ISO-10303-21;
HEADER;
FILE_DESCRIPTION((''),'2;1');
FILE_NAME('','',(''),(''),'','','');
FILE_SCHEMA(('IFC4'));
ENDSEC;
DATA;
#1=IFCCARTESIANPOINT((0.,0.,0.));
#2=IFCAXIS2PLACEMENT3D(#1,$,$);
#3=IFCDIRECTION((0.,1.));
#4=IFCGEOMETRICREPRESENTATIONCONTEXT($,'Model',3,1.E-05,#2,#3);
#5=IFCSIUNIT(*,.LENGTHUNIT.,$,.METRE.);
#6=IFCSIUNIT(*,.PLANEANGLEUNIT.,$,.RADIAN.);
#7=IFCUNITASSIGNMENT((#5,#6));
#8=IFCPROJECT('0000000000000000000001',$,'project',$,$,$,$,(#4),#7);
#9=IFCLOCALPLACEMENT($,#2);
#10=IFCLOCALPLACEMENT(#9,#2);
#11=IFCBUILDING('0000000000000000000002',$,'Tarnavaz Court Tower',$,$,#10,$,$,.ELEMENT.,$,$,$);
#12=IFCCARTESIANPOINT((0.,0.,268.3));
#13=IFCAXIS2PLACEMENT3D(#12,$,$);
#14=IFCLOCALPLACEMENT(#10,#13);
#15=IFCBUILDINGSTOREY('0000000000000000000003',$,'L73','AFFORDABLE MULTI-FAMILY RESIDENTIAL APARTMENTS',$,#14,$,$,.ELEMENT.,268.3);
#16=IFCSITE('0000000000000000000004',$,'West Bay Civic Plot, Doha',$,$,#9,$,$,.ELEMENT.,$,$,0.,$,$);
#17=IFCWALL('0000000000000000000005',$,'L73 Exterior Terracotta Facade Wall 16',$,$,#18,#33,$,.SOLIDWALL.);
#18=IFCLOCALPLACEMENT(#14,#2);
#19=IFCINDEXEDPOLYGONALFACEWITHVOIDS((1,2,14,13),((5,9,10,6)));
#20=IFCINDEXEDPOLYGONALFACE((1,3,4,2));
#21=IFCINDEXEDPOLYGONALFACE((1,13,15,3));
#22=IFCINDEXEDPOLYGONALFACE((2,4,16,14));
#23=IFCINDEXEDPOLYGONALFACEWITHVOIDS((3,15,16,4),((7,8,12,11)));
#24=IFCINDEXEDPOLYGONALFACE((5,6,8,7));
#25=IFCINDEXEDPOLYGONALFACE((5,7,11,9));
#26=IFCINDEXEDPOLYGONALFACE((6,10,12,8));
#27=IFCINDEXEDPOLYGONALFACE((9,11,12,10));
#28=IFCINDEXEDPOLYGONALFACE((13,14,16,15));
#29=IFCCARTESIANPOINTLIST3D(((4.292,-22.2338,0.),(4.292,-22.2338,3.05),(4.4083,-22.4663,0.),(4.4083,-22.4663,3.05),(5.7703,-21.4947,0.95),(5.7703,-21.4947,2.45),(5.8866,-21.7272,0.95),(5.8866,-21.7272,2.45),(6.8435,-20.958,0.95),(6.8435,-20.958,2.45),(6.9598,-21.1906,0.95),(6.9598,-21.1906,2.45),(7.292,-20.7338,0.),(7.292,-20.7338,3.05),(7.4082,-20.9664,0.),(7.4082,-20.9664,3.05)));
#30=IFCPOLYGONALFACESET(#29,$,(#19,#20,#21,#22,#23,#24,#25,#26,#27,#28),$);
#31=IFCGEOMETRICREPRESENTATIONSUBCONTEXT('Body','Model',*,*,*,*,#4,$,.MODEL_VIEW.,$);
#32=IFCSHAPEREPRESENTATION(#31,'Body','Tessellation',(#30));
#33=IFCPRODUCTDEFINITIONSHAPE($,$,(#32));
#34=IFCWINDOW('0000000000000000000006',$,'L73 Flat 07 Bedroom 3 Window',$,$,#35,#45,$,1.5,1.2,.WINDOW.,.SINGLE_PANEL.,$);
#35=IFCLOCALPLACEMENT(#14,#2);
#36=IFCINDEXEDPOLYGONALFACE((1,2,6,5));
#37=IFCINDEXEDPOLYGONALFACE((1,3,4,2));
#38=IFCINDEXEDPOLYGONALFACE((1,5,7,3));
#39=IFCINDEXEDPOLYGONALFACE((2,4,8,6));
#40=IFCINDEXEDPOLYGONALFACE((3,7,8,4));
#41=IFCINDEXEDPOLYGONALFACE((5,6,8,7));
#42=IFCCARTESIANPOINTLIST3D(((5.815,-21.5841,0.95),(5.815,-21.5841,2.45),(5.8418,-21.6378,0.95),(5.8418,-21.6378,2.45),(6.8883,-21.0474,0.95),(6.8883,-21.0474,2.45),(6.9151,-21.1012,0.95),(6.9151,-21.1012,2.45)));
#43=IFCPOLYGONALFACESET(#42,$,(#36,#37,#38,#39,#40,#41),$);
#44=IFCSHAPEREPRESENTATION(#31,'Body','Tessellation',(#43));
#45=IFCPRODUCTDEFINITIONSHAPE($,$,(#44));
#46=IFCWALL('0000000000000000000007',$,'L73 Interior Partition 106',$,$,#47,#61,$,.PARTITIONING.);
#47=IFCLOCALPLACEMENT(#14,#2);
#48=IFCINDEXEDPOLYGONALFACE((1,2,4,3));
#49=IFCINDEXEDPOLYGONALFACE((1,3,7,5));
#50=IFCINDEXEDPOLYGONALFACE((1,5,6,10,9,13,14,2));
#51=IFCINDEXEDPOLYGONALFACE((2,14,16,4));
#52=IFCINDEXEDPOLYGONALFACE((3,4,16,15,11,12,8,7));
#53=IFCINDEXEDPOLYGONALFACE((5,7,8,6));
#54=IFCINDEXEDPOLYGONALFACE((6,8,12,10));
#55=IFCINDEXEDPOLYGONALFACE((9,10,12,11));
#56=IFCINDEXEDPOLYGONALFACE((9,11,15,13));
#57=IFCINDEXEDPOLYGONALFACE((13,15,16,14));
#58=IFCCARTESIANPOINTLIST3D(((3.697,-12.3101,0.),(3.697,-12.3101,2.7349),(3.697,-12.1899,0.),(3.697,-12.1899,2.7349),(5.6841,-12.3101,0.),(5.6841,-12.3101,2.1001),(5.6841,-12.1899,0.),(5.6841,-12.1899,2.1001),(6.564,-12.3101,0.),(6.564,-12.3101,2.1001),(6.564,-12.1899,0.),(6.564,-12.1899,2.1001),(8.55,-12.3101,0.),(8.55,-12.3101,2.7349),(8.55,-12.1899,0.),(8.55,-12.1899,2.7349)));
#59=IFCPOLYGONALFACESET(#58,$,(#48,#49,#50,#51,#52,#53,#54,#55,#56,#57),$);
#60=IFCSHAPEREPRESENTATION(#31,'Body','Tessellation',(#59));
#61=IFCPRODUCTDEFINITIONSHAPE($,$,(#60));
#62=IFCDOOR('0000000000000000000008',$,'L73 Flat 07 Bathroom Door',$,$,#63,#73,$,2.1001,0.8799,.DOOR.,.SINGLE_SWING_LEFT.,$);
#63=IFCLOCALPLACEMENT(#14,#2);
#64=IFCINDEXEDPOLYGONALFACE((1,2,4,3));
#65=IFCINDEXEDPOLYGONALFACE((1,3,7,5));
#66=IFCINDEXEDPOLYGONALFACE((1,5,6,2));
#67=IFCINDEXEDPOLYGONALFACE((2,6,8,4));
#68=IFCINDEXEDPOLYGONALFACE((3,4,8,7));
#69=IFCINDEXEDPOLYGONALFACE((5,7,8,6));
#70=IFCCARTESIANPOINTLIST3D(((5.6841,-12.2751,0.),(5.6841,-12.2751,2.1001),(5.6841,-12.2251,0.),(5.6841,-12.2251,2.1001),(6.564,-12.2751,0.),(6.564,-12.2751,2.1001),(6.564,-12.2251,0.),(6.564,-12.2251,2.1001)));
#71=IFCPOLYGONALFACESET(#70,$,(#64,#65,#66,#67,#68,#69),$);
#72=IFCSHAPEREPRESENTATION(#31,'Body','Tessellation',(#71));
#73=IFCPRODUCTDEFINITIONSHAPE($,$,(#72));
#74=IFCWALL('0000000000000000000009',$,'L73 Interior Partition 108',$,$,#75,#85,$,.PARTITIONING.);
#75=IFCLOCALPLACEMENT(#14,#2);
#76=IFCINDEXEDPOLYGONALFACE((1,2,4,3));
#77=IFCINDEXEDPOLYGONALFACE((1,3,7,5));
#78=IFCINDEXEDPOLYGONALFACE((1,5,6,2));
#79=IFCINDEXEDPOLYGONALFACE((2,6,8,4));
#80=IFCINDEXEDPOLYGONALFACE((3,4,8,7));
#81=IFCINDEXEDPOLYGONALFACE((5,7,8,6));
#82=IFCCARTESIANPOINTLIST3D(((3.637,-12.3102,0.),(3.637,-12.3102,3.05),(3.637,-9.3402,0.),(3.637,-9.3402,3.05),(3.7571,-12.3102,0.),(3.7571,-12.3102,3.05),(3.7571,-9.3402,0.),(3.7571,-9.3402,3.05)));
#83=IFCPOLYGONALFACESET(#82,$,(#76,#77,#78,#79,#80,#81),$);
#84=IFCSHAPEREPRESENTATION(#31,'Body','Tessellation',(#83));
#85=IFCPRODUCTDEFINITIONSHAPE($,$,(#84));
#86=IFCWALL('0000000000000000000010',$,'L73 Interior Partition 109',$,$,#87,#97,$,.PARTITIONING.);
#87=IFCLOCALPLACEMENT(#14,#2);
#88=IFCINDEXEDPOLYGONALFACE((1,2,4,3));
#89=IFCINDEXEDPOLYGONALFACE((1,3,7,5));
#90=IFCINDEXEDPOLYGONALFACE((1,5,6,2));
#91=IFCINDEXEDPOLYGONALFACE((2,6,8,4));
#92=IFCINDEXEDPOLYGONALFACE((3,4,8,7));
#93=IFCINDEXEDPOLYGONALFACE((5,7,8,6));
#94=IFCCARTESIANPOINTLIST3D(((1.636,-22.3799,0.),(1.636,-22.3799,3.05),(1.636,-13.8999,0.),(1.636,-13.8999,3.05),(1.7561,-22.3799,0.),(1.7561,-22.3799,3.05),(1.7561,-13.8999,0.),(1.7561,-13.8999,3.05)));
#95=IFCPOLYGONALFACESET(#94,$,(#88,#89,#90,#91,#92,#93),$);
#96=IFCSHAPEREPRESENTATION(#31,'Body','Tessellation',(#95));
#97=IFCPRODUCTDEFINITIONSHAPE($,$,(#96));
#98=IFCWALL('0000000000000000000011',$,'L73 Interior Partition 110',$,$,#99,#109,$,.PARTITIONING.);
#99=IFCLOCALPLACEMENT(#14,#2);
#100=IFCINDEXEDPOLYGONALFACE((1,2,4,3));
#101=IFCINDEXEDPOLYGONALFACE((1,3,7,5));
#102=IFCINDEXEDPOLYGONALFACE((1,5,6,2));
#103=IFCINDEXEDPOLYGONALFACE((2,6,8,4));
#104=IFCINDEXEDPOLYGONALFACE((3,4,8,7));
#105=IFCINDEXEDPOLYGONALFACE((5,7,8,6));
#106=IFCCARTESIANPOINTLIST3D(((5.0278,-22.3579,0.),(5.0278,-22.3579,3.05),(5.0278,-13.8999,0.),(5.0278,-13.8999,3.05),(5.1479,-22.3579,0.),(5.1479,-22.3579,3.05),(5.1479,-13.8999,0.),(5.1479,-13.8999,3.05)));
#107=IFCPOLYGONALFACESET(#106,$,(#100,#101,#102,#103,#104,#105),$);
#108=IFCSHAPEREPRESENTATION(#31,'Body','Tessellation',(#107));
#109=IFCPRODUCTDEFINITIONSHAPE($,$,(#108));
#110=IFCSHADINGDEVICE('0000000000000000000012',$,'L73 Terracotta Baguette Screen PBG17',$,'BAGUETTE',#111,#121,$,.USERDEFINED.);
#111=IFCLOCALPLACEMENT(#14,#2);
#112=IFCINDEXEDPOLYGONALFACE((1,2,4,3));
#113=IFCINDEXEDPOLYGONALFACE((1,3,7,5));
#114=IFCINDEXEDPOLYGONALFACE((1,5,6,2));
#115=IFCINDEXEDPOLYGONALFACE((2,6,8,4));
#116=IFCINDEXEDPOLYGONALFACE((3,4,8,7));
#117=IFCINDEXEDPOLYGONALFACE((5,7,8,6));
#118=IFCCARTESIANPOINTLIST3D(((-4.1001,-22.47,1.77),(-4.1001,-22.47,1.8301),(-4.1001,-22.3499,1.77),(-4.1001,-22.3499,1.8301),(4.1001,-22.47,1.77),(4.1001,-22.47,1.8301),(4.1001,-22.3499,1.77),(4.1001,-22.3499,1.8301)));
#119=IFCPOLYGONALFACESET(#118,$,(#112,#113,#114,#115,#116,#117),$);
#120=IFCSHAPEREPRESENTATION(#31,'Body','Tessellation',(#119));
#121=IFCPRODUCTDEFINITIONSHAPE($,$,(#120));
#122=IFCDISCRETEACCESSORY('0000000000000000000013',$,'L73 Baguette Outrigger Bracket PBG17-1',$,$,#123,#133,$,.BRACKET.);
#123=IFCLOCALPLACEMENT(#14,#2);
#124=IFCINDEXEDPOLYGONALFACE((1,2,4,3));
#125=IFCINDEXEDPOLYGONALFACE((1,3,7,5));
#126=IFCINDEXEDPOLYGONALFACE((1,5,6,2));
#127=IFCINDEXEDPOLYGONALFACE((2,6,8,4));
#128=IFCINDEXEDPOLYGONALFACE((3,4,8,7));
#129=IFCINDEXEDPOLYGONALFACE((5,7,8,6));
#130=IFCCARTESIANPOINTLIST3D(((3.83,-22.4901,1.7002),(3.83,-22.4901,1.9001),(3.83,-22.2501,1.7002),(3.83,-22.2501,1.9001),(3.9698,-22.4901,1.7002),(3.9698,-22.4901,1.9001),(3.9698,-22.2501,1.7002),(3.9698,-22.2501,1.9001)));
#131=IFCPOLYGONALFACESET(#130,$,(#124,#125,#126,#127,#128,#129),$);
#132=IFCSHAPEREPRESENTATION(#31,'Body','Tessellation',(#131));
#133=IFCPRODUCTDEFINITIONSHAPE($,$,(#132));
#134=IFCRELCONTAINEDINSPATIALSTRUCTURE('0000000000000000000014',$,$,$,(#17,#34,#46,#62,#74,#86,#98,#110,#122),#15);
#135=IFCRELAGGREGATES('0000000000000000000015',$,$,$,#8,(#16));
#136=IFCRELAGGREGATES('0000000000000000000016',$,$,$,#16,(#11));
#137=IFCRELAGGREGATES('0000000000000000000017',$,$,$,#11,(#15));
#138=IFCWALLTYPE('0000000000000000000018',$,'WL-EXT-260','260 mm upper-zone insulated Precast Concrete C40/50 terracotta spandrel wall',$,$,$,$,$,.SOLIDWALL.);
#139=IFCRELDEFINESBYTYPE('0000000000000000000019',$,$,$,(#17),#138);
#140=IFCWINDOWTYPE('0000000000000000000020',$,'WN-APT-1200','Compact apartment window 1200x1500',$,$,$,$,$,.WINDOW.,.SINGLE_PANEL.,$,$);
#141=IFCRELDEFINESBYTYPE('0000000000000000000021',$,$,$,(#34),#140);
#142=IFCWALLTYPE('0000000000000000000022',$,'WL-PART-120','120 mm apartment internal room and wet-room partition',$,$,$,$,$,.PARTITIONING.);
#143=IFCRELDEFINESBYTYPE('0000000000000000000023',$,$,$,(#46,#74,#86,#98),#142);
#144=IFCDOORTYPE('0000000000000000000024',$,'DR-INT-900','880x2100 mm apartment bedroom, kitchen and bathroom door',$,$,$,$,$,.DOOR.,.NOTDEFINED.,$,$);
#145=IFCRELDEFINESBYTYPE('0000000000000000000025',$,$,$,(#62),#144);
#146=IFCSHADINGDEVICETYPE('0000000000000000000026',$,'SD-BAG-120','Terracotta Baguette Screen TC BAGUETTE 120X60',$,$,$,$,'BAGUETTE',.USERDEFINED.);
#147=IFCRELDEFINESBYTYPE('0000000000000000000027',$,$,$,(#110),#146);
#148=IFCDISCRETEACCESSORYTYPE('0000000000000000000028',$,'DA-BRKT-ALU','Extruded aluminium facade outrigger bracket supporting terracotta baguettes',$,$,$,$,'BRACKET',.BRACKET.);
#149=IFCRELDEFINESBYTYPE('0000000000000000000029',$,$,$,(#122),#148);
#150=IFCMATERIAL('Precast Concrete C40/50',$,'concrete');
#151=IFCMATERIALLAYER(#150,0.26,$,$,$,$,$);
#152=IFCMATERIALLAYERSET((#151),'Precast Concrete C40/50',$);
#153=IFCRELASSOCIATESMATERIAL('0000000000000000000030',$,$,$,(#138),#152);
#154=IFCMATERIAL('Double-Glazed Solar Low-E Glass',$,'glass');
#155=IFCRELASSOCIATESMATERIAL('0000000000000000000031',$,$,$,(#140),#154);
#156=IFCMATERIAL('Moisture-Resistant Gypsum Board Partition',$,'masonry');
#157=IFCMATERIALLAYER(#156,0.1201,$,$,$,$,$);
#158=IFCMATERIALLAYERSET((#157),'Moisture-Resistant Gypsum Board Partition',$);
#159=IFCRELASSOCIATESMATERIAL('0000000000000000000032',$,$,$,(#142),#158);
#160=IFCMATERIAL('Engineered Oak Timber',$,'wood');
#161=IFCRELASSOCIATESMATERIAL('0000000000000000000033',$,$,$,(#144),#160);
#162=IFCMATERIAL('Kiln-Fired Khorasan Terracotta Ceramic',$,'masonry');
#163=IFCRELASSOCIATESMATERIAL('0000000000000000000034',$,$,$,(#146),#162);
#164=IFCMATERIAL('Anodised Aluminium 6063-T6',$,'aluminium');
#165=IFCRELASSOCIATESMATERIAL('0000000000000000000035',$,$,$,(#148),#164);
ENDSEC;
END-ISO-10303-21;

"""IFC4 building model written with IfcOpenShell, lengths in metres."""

from ifc_helpers import new_model, si_unit, direction, frame, frame_2d, origin, origin_2d, place, context, subcontext, project, spatial, rectangle, extrude, material, layer, layer_set, material_profile, profile_set, type_object, element, fill, save


model = new_model("IFC4")

# Units and contexts
model_context = context("Model", 3, precision=1e-05, world=origin(), true_north=direction((0.0, 1.0)))
body_context = subcontext(model_context, "Body", "Model", "MODEL_VIEW")
ifc_project = project(units=[si_unit("LENGTHUNIT", "METRE"), si_unit("PLANEANGLEUNIT", "RADIAN")], contexts=[model_context])

# Site, building, storey
site_placement = place(None, origin())
site = spatial("IfcSite", under=ifc_project, at=site_placement, Name="West Bay Civic Plot, Doha", CompositionType="ELEMENT", RefElevation=0.0)
building_placement = place(site_placement, origin())
building = spatial("IfcBuilding", under=site, at=building_placement, Name="Tarnavaz Court Tower", CompositionType="ELEMENT")
storey_placement = place(building_placement, frame((0.0, 0.0, 268.3)))
storey = spatial("IfcBuildingStorey", under=building, at=storey_placement, Name="L73", Description="AFFORDABLE MULTI-FAMILY RESIDENTIAL APARTMENTS", CompositionType="ELEMENT", Elevation=268.3)

# Shared definitions
ifc_material_1 = material(Name="Anodised Aluminium 6063-T6", Category="aluminium")
ifc_material_2 = material(Name="Double-Glazed Solar Low-E Glass", Category="glass")

# Wall, opening, window
ifc_material_3 = material(Name="Precast Concrete C40/50", Category="concrete")
ifc_layer_1 = layer(ifc_material_3, 0.26)
ifc_layer_set_1 = layer_set([ifc_layer_1], Name="Precast Concrete C40/50")
wall_type_1 = type_object("IfcWallType", Name="WL-EXT-260", Description="260 mm upper-zone insulated Precast Concrete C40/50 terracotta spandrel wall", PredefinedType="SOLIDWALL", material=ifc_layer_set_1)
wall_1_placement = place(storey_placement, frame((7.3501, -20.8501, 0.0), z_axis=(0.0, 0.0, 1.0), x_axis=(-0.894427, -0.447214, 0.0)))
wall_1 = element("IfcWall", 1, at=wall_1_placement, inside=storey, type_object=wall_type_1, Name="L73 Exterior Terracotta Facade Wall 16", PredefinedType="SOLIDWALL", context=body_context, shape_type="SweptSolid", body=[
    extrude(rectangle(XDim=3.354, YDim=0.26, at=frame_2d((1.677, 0.0))), origin(), (0.0, 0.0, 1.0), 3.05),
])
opening_1_placement = place(wall_1_placement, frame((0.5012, 0.0, 0.95)))
opening_1 = element("IfcOpeningElement", 2, at=opening_1_placement, cuts=wall_1, PredefinedType="OPENING", context=body_context, shape_type="SweptSolid", body=[
    extrude(rectangle(XDim=1.2, YDim=1.5, at=frame_2d((0.6001, 0.75))), frame((0.0, 0.1399, 0.0), z_axis=(0.0, -1.0, 0.0), x_axis=(1.0, 0.0, 0.0)), (0.0, 0.0, 1.0), 0.28),
])
window_type = type_object("IfcWindowType", Name="WN-APT-1200", Description="Compact apartment window 1200x1500", PartitioningType="SINGLE_PANEL", PredefinedType="WINDOW", material=ifc_material_2)
window_placement = place(opening_1_placement, origin())
window = element("IfcWindow", 3, at=window_placement, inside=storey, type_object=window_type, Name="L73 Flat 07 Bedroom 3 Window", OverallHeight=1.5, OverallWidth=1.2, PartitioningType="SINGLE_PANEL", PredefinedType="WINDOW", context=body_context, shape_type="SweptSolid", body=[
    extrude(rectangle(XDim=1.2, YDim=1.5, at=frame_2d((0.6001, 0.75))), frame((0.0, 0.03, 0.0), z_axis=(0.0, -1.0, 0.0), x_axis=(1.0, 0.0, 0.0)), (0.0, 0.0, 1.0), 0.0601),
])
fill(opening_1, window)

# Wall, opening, door
ifc_material_4 = material(Name="Moisture-Resistant Gypsum Board Partition", Category="masonry")
ifc_layer_2 = layer(ifc_material_4, 0.1201)
ifc_layer_set_2 = layer_set([ifc_layer_2], Name="Moisture-Resistant Gypsum Board Partition")
wall_type_2 = type_object("IfcWallType", Name="WL-PART-120", Description="120 mm apartment internal room and wet-room partition", PredefinedType="PARTITIONING", material=ifc_layer_set_2)
wall_2_placement = place(storey_placement, frame((3.697, -12.25, 0.0), z_axis=(0.0, 0.0, 1.0), x_axis=(1.0, 0.0, 0.0)))
wall_2 = element("IfcWall", 4, at=wall_2_placement, inside=storey, type_object=wall_type_2, Name="L73 Interior Partition 106", PredefinedType="PARTITIONING", context=body_context, shape_type="SweptSolid", body=[
    extrude(rectangle(XDim=4.853, YDim=0.1201, at=frame_2d((2.4265, 0.0))), origin(), (0.0, 0.0, 1.0), 2.7349),
])
opening_2_placement = place(wall_2_placement, frame((1.9871, 0.0, 0.0)))
opening_2 = element("IfcOpeningElement", 5, at=opening_2_placement, cuts=wall_2, PredefinedType="OPENING", context=body_context, shape_type="SweptSolid", body=[
    extrude(rectangle(XDim=0.8799, YDim=2.1001, at=frame_2d((0.4399, 1.05))), frame((0.0, 0.0701, 0.0), z_axis=(0.0, -1.0, 0.0), x_axis=(1.0, 0.0, 0.0)), (0.0, 0.0, 1.0), 0.1401),
])
ifc_material_5 = material(Name="Engineered Oak Timber", Category="wood")
door_type = type_object("IfcDoorType", Name="DR-INT-900", Description="880x2100 mm apartment bedroom, kitchen and bathroom door", OperationType="NOTDEFINED", PredefinedType="DOOR", material=ifc_material_5)
door_placement = place(opening_2_placement, origin())
door = element("IfcDoor", 6, at=door_placement, inside=storey, type_object=door_type, Name="L73 Flat 07 Bathroom Door", OperationType="SINGLE_SWING_LEFT", OverallHeight=2.1001, OverallWidth=0.8799, PredefinedType="DOOR", context=body_context, shape_type="SweptSolid", body=[
    extrude(rectangle(XDim=0.8799, YDim=2.1001, at=frame_2d((0.4399, 1.05))), frame((0.0, 0.0249, 0.0), z_axis=(0.0, -1.0, 0.0), x_axis=(1.0, 0.0, 0.0)), (0.0, 0.0, 1.0), 0.05),
])
fill(opening_2, door)

# Walls
wall_3_placement = place(storey_placement, frame((3.697, -12.3101, 0.0), z_axis=(0.0, 0.0, 1.0), x_axis=(0.0, 1.0, 0.0)))
element("IfcWall", 7, at=wall_3_placement, inside=storey, type_object=wall_type_2, Name="L73 Interior Partition 108", PredefinedType="PARTITIONING", context=body_context, shape_type="SweptSolid", body=[
    extrude(rectangle(XDim=2.97, YDim=0.1201, at=frame_2d((1.4849, 0.0))), origin(), (0.0, 0.0, 1.0), 3.05),
])
wall_4_placement = place(storey_placement, frame((1.696, -22.3799, 0.0), z_axis=(0.0, 0.0, 1.0), x_axis=(0.0, 1.0, 0.0)))
element("IfcWall", 8, at=wall_4_placement, inside=storey, type_object=wall_type_2, Name="L73 Interior Partition 109", PredefinedType="PARTITIONING", context=body_context, shape_type="SweptSolid", body=[
    extrude(rectangle(XDim=8.48, YDim=0.1201, at=frame_2d((4.24, 0.0))), origin(), (0.0, 0.0, 1.0), 3.05),
])
wall_5_placement = place(storey_placement, frame((5.0879, -22.3579, 0.0), z_axis=(0.0, 0.0, 1.0), x_axis=(0.0, 1.0, 0.0)))
element("IfcWall", 9, at=wall_5_placement, inside=storey, type_object=wall_type_2, Name="L73 Interior Partition 110", PredefinedType="PARTITIONING", context=body_context, shape_type="SweptSolid", body=[
    extrude(rectangle(XDim=8.458, YDim=0.1201, at=frame_2d((4.229, 0.0))), origin(), (0.0, 0.0, 1.0), 3.05),
])

# Shading device
ifc_material_6 = material(Name="Kiln-Fired Khorasan Terracotta Ceramic", Category="masonry")
ifc_material_profile_1 = material_profile(ifc_material_6, rectangle(XDim=0.1201, YDim=0.0601, at=origin_2d()), Name="TC BAGUETTE 120X60")
ifc_profile_set_1 = profile_set([ifc_material_profile_1], Name="Kiln-Fired Khorasan Terracotta Ceramic")
shading_device_type = type_object("IfcShadingDeviceType", Name="SD-BAG-120", Description="Terracotta Baguette Screen TC BAGUETTE 120X60", ElementType="BAGUETTE", PredefinedType="USERDEFINED", material=ifc_profile_set_1)
shading_device_placement = place(storey_placement, frame((4.1001, -22.4099, 1.8), z_axis=(-1.0, 0.0, 0.0), x_axis=(0.0, -1.0, 0.0)))
element("IfcShadingDevice", 10, at=shading_device_placement, inside=storey, type_object=shading_device_type, Name="L73 Terracotta Baguette Screen PBG17", ObjectType="BAGUETTE", PredefinedType="USERDEFINED", context=body_context, shape_type="SweptSolid", body=[
    extrude(rectangle(XDim=0.1201, YDim=0.0601, at=origin_2d()), origin(), (0.0, 0.0, 1.0), 8.2002),
])

# Discrete accessory
discrete_accessory_type = type_object("IfcDiscreteAccessoryType", Name="DA-BRKT-ALU", Description="Extruded aluminium facade outrigger bracket supporting terracotta baguettes", ElementType="BRACKET", PredefinedType="BRACKET", material=ifc_material_1)
discrete_accessory_placement = place(storey_placement, frame((3.8999, -22.3701, 1.7002), z_axis=(0.0, 0.0, 1.0), x_axis=(-1.0, 0.0, 0.0)))
element("IfcDiscreteAccessory", 11, at=discrete_accessory_placement, inside=storey, type_object=discrete_accessory_type, Name="L73 Baguette Outrigger Bracket PBG17-1", PredefinedType="BRACKET", context=body_context, shape_type="SweptSolid", body=[
    extrude(rectangle(XDim=0.1399, YDim=0.24, at=origin_2d()), origin(), (0.0, 0.0, 1.0), 0.2),
])

save(model, "model.ifc")
